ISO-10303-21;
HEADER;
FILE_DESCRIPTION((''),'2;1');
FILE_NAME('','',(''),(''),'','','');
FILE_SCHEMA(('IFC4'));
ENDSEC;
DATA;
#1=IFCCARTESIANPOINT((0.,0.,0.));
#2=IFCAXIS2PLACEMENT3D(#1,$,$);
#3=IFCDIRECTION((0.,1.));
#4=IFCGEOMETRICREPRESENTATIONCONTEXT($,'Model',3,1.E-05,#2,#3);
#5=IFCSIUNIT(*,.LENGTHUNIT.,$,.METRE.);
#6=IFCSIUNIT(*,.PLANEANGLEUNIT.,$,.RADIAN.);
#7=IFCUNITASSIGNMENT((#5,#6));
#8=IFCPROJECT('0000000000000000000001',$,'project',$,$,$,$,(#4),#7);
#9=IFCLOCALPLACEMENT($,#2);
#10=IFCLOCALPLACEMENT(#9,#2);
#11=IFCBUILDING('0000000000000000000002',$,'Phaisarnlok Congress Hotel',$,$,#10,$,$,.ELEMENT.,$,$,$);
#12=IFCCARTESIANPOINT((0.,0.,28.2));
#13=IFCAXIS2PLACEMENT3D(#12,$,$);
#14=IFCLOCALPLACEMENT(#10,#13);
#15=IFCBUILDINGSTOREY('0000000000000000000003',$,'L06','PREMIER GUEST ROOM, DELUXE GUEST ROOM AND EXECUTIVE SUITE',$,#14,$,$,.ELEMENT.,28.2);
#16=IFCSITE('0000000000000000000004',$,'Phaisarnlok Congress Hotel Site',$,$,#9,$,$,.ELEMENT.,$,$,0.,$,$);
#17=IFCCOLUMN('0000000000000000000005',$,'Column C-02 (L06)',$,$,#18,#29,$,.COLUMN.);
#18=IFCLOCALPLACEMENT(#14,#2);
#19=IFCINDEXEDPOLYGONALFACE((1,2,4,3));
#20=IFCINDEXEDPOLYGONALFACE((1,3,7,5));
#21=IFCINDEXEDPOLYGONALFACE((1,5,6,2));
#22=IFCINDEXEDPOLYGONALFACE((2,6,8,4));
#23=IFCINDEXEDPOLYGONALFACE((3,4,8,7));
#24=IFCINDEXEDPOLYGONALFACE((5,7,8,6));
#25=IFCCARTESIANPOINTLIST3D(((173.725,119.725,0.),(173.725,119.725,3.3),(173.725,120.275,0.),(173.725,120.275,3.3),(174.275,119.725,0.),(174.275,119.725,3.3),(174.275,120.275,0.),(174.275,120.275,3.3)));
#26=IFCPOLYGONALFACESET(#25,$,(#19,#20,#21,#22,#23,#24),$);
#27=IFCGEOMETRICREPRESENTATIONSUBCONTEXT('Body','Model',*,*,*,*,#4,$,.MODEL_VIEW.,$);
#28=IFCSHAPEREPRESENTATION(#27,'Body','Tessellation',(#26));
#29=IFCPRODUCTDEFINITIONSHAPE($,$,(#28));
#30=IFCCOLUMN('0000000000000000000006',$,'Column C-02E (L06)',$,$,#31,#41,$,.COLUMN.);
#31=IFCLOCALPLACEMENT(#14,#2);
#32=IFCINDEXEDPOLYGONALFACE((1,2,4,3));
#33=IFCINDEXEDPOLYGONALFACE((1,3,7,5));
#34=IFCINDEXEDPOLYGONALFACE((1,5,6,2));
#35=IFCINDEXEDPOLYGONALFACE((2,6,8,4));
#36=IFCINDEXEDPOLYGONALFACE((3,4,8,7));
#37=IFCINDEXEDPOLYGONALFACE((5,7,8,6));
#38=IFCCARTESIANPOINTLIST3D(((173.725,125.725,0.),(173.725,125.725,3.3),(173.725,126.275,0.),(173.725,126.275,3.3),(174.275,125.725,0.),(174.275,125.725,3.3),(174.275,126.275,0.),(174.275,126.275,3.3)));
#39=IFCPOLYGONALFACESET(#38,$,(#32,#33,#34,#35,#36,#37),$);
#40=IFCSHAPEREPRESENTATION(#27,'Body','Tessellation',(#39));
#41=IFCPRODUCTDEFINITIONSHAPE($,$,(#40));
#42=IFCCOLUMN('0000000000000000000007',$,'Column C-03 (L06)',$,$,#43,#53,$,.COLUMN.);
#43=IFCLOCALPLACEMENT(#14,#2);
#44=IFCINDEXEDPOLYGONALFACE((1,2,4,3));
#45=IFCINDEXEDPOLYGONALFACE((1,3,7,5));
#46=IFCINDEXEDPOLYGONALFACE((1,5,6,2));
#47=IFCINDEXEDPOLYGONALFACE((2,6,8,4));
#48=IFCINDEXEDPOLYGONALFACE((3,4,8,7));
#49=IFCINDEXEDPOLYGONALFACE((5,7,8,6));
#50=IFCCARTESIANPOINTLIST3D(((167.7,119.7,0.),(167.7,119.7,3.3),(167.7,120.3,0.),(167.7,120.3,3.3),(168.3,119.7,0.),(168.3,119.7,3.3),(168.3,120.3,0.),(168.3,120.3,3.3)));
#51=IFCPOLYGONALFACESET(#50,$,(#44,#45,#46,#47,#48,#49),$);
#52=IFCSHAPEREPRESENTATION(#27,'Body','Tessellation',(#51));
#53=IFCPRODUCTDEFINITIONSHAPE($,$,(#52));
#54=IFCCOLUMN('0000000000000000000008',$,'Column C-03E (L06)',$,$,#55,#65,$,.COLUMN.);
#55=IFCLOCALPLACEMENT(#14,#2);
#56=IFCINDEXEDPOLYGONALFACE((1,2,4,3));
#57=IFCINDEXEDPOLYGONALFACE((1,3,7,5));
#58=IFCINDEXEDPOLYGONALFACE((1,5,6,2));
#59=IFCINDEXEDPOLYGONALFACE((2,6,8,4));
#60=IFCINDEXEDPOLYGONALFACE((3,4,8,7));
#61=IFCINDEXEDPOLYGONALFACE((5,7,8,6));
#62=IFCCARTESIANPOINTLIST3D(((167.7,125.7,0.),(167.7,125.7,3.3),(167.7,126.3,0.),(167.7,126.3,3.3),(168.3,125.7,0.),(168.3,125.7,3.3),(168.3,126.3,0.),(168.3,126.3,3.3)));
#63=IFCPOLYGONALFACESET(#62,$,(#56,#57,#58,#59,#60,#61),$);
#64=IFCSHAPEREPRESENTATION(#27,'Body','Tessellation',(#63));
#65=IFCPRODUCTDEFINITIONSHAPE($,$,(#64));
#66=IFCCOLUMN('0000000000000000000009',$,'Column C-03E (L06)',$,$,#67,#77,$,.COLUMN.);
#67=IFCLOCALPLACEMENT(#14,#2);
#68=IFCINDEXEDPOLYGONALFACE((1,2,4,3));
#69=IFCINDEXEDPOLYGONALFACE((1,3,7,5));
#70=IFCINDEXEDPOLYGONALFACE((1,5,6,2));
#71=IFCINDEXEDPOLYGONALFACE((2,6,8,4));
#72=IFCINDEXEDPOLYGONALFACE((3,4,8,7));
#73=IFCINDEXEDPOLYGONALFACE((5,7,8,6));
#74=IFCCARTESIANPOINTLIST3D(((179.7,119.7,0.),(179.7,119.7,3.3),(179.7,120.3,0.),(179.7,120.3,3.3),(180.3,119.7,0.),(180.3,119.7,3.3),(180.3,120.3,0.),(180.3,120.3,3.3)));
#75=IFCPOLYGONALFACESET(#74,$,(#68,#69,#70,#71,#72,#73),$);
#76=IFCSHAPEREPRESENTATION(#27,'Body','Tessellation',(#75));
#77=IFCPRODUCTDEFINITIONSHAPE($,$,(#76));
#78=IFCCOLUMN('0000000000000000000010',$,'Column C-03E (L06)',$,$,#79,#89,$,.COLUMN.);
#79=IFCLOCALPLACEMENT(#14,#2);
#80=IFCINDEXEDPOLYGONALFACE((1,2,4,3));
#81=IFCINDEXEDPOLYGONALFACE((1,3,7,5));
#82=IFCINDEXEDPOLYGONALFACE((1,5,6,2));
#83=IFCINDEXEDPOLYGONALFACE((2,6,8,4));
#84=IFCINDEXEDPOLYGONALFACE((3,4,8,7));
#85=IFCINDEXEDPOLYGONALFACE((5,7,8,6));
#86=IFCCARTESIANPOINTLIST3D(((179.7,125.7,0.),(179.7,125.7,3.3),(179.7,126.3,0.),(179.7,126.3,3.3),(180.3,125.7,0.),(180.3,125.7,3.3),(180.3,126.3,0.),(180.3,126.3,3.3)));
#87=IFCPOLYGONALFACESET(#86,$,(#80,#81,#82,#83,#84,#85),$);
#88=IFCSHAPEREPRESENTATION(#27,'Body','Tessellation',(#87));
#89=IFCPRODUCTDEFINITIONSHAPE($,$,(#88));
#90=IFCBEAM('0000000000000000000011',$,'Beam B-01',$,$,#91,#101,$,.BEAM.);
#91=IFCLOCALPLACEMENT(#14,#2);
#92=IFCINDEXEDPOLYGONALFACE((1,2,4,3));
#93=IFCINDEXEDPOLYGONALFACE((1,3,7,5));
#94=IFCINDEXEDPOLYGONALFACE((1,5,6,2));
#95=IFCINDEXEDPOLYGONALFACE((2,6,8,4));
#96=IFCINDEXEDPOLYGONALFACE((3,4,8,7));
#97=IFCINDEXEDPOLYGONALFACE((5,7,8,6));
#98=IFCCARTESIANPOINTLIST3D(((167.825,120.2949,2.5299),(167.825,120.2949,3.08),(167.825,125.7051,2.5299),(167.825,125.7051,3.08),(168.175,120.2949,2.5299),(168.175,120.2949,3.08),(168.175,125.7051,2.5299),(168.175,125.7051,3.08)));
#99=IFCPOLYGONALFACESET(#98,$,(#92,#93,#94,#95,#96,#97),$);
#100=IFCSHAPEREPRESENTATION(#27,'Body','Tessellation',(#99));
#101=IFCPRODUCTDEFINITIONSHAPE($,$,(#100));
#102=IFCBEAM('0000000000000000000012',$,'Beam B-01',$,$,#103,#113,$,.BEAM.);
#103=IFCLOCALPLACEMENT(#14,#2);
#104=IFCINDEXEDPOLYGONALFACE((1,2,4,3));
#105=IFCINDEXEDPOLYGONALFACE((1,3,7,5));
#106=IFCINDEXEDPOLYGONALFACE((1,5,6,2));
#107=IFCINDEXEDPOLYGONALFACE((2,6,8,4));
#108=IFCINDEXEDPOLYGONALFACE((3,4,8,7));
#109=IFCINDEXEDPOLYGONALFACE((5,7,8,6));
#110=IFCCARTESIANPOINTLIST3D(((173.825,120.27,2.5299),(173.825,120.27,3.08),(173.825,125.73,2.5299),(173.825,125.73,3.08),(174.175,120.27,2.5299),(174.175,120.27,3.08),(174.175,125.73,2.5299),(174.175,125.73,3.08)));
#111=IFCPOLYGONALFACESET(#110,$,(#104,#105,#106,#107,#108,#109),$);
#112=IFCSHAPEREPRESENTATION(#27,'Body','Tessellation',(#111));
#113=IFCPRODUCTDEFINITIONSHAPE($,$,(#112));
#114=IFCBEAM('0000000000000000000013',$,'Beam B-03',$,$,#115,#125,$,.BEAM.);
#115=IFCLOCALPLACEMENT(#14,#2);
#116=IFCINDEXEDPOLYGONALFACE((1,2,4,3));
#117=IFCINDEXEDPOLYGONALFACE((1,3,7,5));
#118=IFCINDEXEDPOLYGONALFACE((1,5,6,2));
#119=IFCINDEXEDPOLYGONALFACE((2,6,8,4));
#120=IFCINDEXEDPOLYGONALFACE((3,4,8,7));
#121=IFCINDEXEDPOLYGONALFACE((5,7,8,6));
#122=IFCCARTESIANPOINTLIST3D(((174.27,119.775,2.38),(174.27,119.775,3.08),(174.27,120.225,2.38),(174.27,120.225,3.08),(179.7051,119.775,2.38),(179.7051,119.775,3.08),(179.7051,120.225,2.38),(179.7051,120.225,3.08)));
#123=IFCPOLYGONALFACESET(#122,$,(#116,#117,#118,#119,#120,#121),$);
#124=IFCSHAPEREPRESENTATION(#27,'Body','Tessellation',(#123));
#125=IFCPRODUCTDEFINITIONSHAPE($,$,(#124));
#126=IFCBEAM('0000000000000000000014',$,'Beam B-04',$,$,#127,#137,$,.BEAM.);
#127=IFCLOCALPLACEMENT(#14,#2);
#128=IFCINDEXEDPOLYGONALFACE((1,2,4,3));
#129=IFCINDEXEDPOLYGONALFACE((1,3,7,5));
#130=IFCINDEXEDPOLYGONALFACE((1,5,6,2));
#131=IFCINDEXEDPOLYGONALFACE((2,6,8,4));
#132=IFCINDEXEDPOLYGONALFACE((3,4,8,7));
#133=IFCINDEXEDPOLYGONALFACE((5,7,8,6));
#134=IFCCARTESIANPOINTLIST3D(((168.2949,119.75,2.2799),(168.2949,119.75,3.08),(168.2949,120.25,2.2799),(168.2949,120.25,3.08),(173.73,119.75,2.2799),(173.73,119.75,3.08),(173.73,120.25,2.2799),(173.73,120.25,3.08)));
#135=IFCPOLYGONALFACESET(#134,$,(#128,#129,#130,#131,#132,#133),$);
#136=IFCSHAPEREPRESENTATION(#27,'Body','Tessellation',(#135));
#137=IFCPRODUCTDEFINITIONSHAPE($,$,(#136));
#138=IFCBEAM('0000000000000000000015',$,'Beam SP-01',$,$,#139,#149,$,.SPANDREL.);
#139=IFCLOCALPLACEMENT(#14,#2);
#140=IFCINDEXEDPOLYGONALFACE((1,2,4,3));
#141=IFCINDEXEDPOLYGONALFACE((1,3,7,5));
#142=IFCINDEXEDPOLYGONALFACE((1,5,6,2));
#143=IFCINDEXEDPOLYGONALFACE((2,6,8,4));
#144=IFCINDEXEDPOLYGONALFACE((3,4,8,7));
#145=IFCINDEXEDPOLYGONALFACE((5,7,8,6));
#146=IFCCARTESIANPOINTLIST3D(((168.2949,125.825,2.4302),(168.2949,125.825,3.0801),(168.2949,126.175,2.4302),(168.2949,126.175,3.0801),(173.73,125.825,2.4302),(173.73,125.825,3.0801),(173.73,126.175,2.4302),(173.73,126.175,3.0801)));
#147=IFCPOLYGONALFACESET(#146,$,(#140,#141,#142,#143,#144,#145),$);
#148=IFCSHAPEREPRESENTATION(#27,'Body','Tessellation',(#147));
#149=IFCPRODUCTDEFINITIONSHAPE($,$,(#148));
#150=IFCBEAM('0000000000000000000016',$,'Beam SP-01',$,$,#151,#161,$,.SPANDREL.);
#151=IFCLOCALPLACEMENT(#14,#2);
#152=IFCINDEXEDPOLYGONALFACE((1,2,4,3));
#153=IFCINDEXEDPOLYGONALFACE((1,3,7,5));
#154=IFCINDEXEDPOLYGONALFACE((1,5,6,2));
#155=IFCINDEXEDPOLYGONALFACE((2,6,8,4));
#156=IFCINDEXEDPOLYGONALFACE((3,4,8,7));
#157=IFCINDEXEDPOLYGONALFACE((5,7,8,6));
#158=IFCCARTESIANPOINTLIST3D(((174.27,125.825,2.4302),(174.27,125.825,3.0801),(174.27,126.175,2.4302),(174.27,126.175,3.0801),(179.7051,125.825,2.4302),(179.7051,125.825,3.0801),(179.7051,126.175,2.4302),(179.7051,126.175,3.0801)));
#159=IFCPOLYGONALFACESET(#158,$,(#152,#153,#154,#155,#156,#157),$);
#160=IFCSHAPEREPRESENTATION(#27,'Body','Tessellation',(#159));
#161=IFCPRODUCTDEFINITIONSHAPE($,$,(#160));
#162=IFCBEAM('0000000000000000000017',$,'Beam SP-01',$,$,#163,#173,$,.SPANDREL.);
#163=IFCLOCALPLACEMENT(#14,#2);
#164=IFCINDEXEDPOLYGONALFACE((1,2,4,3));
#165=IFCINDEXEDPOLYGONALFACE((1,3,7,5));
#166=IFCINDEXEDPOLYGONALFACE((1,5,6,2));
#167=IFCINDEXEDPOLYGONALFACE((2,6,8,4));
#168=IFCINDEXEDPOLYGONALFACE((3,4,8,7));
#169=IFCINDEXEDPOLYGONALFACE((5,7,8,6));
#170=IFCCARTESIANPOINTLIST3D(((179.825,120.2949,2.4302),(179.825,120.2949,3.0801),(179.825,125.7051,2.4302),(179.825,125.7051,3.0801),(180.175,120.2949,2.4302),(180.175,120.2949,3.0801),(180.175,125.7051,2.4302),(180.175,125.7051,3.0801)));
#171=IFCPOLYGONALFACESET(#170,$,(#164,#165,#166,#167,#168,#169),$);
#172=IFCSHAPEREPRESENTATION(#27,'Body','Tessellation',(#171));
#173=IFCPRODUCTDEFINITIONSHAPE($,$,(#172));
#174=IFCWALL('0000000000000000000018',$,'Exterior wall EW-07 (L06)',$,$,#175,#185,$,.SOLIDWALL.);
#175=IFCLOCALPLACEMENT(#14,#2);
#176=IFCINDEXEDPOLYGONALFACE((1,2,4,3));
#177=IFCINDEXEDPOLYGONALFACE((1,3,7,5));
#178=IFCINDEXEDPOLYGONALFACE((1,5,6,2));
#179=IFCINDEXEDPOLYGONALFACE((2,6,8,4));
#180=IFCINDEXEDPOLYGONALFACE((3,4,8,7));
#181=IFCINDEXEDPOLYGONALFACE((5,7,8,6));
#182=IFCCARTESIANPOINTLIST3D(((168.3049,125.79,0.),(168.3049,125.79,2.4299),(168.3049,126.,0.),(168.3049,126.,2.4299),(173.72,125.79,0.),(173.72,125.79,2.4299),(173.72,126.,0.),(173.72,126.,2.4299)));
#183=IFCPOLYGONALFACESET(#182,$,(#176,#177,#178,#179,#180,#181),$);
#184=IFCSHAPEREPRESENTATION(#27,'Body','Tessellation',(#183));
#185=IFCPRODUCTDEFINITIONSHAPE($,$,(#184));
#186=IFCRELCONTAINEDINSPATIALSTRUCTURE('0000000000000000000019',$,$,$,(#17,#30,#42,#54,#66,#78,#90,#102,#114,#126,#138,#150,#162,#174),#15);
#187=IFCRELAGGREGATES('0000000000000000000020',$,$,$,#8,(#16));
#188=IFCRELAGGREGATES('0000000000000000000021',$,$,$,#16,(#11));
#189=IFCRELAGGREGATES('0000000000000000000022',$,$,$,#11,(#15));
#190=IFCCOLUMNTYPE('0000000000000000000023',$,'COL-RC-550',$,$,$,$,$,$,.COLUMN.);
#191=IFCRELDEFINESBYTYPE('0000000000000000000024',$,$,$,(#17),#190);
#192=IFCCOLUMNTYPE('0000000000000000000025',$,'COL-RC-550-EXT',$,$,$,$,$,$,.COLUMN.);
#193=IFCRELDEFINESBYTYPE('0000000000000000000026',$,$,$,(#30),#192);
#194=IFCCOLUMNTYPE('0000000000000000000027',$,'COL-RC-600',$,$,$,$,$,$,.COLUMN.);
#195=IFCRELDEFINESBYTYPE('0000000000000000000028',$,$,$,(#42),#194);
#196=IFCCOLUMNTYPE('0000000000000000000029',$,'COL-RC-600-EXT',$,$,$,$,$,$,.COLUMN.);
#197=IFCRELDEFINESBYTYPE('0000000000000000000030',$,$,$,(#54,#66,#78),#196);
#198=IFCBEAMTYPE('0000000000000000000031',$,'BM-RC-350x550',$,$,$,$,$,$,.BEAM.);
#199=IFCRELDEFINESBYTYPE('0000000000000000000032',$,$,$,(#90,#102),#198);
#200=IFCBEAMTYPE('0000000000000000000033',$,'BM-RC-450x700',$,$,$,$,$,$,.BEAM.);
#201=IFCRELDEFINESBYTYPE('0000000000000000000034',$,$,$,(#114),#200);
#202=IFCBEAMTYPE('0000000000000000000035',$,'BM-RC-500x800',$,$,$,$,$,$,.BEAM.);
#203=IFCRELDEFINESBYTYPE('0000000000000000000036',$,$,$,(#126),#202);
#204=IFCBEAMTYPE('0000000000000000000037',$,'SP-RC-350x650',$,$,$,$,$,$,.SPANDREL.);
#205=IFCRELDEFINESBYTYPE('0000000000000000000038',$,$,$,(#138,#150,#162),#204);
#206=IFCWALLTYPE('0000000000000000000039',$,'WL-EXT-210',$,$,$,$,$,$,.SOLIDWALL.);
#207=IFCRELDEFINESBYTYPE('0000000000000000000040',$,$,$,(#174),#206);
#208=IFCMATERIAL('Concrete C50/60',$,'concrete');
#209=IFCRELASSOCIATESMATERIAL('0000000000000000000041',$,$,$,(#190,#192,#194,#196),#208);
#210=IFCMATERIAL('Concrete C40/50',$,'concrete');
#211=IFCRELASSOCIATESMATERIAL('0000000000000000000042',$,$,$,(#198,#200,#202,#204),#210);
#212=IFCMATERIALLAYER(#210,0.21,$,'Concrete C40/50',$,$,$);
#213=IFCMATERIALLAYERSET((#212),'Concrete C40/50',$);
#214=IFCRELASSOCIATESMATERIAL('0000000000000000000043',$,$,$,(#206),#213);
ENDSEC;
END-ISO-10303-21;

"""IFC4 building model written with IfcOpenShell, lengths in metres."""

from ifc_helpers import new_model, si_unit, direction, frame, frame_2d, origin, origin_2d, place, context, subcontext, project, spatial, rectangle, extrude, material, layer, layer_set, material_profile, profile_set, type_object, element, save


model = new_model("IFC4")

# Units and contexts
model_context = context("Model", 3, precision=1e-05, world=origin(), true_north=direction((0.0, 1.0)))
body_context = subcontext(model_context, "Body", "Model", "MODEL_VIEW")
ifc_project = project(units=[si_unit("LENGTHUNIT", "METRE"), si_unit("PLANEANGLEUNIT", "RADIAN")], contexts=[model_context])

# Site, building, storey
site_placement = place(None, origin())
site = spatial("IfcSite", under=ifc_project, at=site_placement, Name="Phaisarnlok Congress Hotel Site", CompositionType="ELEMENT", RefElevation=0.0)
building_placement = place(site_placement, origin())
building = spatial("IfcBuilding", under=site, at=building_placement, Name="Phaisarnlok Congress Hotel", CompositionType="ELEMENT")
storey_placement = place(building_placement, frame((0.0, 0.0, 28.2)))
storey = spatial("IfcBuildingStorey", under=building, at=storey_placement, Name="L06", Description="PREMIER GUEST ROOM, DELUXE GUEST ROOM AND EXECUTIVE SUITE", CompositionType="ELEMENT", Elevation=28.2)

# Columns
ifc_material_1 = material(Name="Concrete C50/60", Category="concrete")
ifc_material_profile_1 = material_profile(ifc_material_1, rectangle(XDim=0.55, YDim=0.55, at=origin_2d()), Name="RC 550x550")
ifc_profile_set_1 = profile_set([ifc_material_profile_1], Name="Concrete C50/60")
column_type_1 = type_object("IfcColumnType", Name="COL-RC-550", PredefinedType="COLUMN", material=ifc_profile_set_1)
column_1_placement = place(storey_placement, frame((174.0, 120.0, 0.0), z_axis=(0.0, 0.0, 1.0), x_axis=(1.0, 0.0, 0.0)))
element("IfcColumn", 1, at=column_1_placement, inside=storey, type_object=column_type_1, Name="Column C-02 (L06)", PredefinedType="COLUMN", context=body_context, shape_type="SweptSolid", body=[
    extrude(rectangle(XDim=0.55, YDim=0.55, at=origin_2d()), origin(), (0.0, 0.0, 1.0), 3.3),
])
ifc_material_profile_2 = material_profile(ifc_material_1, rectangle(XDim=0.55, YDim=0.55, at=origin_2d()), Name="RC 550x550")
ifc_profile_set_2 = profile_set([ifc_material_profile_2], Name="Concrete C50/60")
column_type_2 = type_object("IfcColumnType", Name="COL-RC-550-EXT", PredefinedType="COLUMN", material=ifc_profile_set_2)
column_2_placement = place(storey_placement, frame((174.0, 126.0, 0.0), z_axis=(0.0, 0.0, 1.0), x_axis=(1.0, 0.0, 0.0)))
element("IfcColumn", 2, at=column_2_placement, inside=storey, type_object=column_type_2, Name="Column C-02E (L06)", PredefinedType="COLUMN", context=body_context, shape_type="SweptSolid", body=[
    extrude(rectangle(XDim=0.55, YDim=0.55, at=origin_2d()), origin(), (0.0, 0.0, 1.0), 3.3),
])
ifc_material_profile_3 = material_profile(ifc_material_1, rectangle(XDim=0.6001, YDim=0.6001, at=origin_2d()), Name="RC 600x600")
ifc_profile_set_3 = profile_set([ifc_material_profile_3], Name="Concrete C50/60")
column_type_3 = type_object("IfcColumnType", Name="COL-RC-600", PredefinedType="COLUMN", material=ifc_profile_set_3)
column_3_placement = place(storey_placement, frame((168.0, 120.0, 0.0), z_axis=(0.0, 0.0, 1.0), x_axis=(1.0, 0.0, 0.0)))
element("IfcColumn", 3, at=column_3_placement, inside=storey, type_object=column_type_3, Name="Column C-03 (L06)", PredefinedType="COLUMN", context=body_context, shape_type="SweptSolid", body=[
    extrude(rectangle(XDim=0.6001, YDim=0.6001, at=origin_2d()), origin(), (0.0, 0.0, 1.0), 3.3),
])
ifc_material_profile_4 = material_profile(ifc_material_1, rectangle(XDim=0.6001, YDim=0.6001, at=origin_2d()), Name="RC 600x600")
ifc_profile_set_4 = profile_set([ifc_material_profile_4], Name="Concrete C50/60")
column_type_4 = type_object("IfcColumnType", Name="COL-RC-600-EXT", PredefinedType="COLUMN", material=ifc_profile_set_4)
for number, where, z_axis, x_axis, name in (
    (4, (168.0, 126.0, 0.0), (0.0, 0.0, 1.0), (1.0, 0.0, 0.0), "Column C-03E (L06)"),
    (5, (180.0, 120.0, 0.0), (0.0, 0.0, 1.0), (1.0, 0.0, 0.0), "Column C-03E (L06)"),
    (6, (180.0, 126.0, 0.0), (0.0, 0.0, 1.0), (1.0, 0.0, 0.0), "Column C-03E (L06)"),
):
    element("IfcColumn", number, at=place(storey_placement, frame(where, z_axis=z_axis, x_axis=x_axis)), inside=storey, type_object=column_type_4, Name=name, PredefinedType="COLUMN", context=body_context, shape_type="SweptSolid", body=[
        extrude(rectangle(XDim=0.6001, YDim=0.6001, at=origin_2d()), origin(), (0.0, 0.0, 1.0), 3.3),
    ])

# Beams
ifc_material_2 = material(Name="Concrete C40/50", Category="concrete")
ifc_material_profile_5 = material_profile(ifc_material_2, rectangle(XDim=0.3501, YDim=0.55, at=origin_2d()), Name="RC 350x550")
ifc_profile_set_5 = profile_set([ifc_material_profile_5], Name="Concrete C40/50")
beam_type_1 = type_object("IfcBeamType", Name="BM-RC-350x550", PredefinedType="BEAM", material=ifc_profile_set_5)
beam_1_placement = place(storey_placement, frame((168.0, 120.2949, 2.8049), z_axis=(0.0, 1.0, 0.0), x_axis=(-1.0, 0.0, 0.0)))
element("IfcBeam", 7, at=beam_1_placement, inside=storey, type_object=beam_type_1, Name="Beam B-01", PredefinedType="BEAM", context=body_context, shape_type="SweptSolid", body=[
    extrude(rectangle(XDim=0.3501, YDim=0.55, at=origin_2d()), origin(), (0.0, 0.0, 1.0), 5.4102),
])
beam_2_placement = place(storey_placement, frame((174.0, 120.27, 2.8049), z_axis=(0.0, 1.0, 0.0), x_axis=(-1.0, 0.0, 0.0)))
element("IfcBeam", 8, at=beam_2_placement, inside=storey, type_object=beam_type_1, Name="Beam B-01", PredefinedType="BEAM", context=body_context, shape_type="SweptSolid", body=[
    extrude(rectangle(XDim=0.3501, YDim=0.55, at=origin_2d()), origin(), (0.0, 0.0, 1.0), 5.46),
])
ifc_material_profile_6 = material_profile(ifc_material_2, rectangle(XDim=0.45, YDim=0.7, at=origin_2d()), Name="RC 450x700")
ifc_profile_set_6 = profile_set([ifc_material_profile_6], Name="Concrete C40/50")
beam_type_2 = type_object("IfcBeamType", Name="BM-RC-450x700", PredefinedType="BEAM", material=ifc_profile_set_6)
beam_3_placement = place(storey_placement, frame((174.27, 120.0, 2.73), z_axis=(1.0, 0.0, 0.0), x_axis=(0.0, 1.0, 0.0)))
element("IfcBeam", 9, at=beam_3_placement, inside=storey, type_object=beam_type_2, Name="Beam B-03", PredefinedType="BEAM", context=body_context, shape_type="SweptSolid", body=[
    extrude(rectangle(XDim=0.45, YDim=0.7, at=origin_2d()), origin(), (0.0, 0.0, 1.0), 5.4351),
])
ifc_material_profile_7 = material_profile(ifc_material_2, rectangle(XDim=0.5, YDim=0.8, at=origin_2d()), Name="RC 500x800")
ifc_profile_set_7 = profile_set([ifc_material_profile_7], Name="Concrete C40/50")
beam_type_3 = type_object("IfcBeamType", Name="BM-RC-500x800", PredefinedType="BEAM", material=ifc_profile_set_7)
beam_4_placement = place(storey_placement, frame((168.2949, 120.0, 2.6799), z_axis=(1.0, 0.0, 0.0), x_axis=(0.0, 1.0, 0.0)))
element("IfcBeam", 10, at=beam_4_placement, inside=storey, type_object=beam_type_3, Name="Beam B-04", PredefinedType="BEAM", context=body_context, shape_type="SweptSolid", body=[
    extrude(rectangle(XDim=0.5, YDim=0.8, at=origin_2d()), origin(), (0.0, 0.0, 1.0), 5.4351),
])
ifc_material_profile_8 = material_profile(ifc_material_2, rectangle(XDim=0.3501, YDim=0.6499, at=origin_2d()), Name="RC 350x650")
ifc_profile_set_8 = profile_set([ifc_material_profile_8], Name="Concrete C40/50")
beam_type_4 = type_object("IfcBeamType", Name="SP-RC-350x650", PredefinedType="SPANDREL", material=ifc_profile_set_8)
for number, where, z_axis, x_axis, name in (
    (11, (168.2949, 126.0, 2.7551), (1.0, 0.0, 0.0), (0.0, 1.0, 0.0), "Beam SP-01"),
    (12, (174.27, 126.0, 2.7551), (1.0, 0.0, 0.0), (0.0, 1.0, 0.0), "Beam SP-01"),
):
    element("IfcBeam", number, at=place(storey_placement, frame(where, z_axis=z_axis, x_axis=x_axis)), inside=storey, type_object=beam_type_4, Name=name, PredefinedType="SPANDREL", context=body_context, shape_type="SweptSolid", body=[
        extrude(rectangle(XDim=0.3501, YDim=0.6499, at=origin_2d()), origin(), (0.0, 0.0, 1.0), 5.4351),
    ])
beam_5_placement = place(storey_placement, frame((180.0, 120.2949, 2.7551), z_axis=(0.0, 1.0, 0.0), x_axis=(-1.0, 0.0, 0.0)))
element("IfcBeam", 13, at=beam_5_placement, inside=storey, type_object=beam_type_4, Name="Beam SP-01", PredefinedType="SPANDREL", context=body_context, shape_type="SweptSolid", body=[
    extrude(rectangle(XDim=0.3501, YDim=0.6499, at=origin_2d()), origin(), (0.0, 0.0, 1.0), 5.4102),
])

# Wall
ifc_layer_1 = layer(ifc_material_2, 0.21, Name="Concrete C40/50")
ifc_layer_set_1 = layer_set([ifc_layer_1], Name="Concrete C40/50")
wall_type_1 = type_object("IfcWallType", Name="WL-EXT-210", PredefinedType="SOLIDWALL", material=ifc_layer_set_1)
wall_1_placement = place(storey_placement, frame((173.72, 125.895, 0.0), z_axis=(0.0, 0.0, 1.0), x_axis=(-1.0, 0.0, 0.0)))
element("IfcWall", 14, at=wall_1_placement, inside=storey, type_object=wall_type_1, Name="Exterior wall EW-07 (L06)", PredefinedType="SOLIDWALL", context=body_context, shape_type="SweptSolid", body=[
    extrude(rectangle(XDim=5.415, YDim=0.21, at=frame_2d((2.7075, 0.0))), origin(), (0.0, 0.0, 1.0), 2.4299),
])

save(model, "model.ifc")
